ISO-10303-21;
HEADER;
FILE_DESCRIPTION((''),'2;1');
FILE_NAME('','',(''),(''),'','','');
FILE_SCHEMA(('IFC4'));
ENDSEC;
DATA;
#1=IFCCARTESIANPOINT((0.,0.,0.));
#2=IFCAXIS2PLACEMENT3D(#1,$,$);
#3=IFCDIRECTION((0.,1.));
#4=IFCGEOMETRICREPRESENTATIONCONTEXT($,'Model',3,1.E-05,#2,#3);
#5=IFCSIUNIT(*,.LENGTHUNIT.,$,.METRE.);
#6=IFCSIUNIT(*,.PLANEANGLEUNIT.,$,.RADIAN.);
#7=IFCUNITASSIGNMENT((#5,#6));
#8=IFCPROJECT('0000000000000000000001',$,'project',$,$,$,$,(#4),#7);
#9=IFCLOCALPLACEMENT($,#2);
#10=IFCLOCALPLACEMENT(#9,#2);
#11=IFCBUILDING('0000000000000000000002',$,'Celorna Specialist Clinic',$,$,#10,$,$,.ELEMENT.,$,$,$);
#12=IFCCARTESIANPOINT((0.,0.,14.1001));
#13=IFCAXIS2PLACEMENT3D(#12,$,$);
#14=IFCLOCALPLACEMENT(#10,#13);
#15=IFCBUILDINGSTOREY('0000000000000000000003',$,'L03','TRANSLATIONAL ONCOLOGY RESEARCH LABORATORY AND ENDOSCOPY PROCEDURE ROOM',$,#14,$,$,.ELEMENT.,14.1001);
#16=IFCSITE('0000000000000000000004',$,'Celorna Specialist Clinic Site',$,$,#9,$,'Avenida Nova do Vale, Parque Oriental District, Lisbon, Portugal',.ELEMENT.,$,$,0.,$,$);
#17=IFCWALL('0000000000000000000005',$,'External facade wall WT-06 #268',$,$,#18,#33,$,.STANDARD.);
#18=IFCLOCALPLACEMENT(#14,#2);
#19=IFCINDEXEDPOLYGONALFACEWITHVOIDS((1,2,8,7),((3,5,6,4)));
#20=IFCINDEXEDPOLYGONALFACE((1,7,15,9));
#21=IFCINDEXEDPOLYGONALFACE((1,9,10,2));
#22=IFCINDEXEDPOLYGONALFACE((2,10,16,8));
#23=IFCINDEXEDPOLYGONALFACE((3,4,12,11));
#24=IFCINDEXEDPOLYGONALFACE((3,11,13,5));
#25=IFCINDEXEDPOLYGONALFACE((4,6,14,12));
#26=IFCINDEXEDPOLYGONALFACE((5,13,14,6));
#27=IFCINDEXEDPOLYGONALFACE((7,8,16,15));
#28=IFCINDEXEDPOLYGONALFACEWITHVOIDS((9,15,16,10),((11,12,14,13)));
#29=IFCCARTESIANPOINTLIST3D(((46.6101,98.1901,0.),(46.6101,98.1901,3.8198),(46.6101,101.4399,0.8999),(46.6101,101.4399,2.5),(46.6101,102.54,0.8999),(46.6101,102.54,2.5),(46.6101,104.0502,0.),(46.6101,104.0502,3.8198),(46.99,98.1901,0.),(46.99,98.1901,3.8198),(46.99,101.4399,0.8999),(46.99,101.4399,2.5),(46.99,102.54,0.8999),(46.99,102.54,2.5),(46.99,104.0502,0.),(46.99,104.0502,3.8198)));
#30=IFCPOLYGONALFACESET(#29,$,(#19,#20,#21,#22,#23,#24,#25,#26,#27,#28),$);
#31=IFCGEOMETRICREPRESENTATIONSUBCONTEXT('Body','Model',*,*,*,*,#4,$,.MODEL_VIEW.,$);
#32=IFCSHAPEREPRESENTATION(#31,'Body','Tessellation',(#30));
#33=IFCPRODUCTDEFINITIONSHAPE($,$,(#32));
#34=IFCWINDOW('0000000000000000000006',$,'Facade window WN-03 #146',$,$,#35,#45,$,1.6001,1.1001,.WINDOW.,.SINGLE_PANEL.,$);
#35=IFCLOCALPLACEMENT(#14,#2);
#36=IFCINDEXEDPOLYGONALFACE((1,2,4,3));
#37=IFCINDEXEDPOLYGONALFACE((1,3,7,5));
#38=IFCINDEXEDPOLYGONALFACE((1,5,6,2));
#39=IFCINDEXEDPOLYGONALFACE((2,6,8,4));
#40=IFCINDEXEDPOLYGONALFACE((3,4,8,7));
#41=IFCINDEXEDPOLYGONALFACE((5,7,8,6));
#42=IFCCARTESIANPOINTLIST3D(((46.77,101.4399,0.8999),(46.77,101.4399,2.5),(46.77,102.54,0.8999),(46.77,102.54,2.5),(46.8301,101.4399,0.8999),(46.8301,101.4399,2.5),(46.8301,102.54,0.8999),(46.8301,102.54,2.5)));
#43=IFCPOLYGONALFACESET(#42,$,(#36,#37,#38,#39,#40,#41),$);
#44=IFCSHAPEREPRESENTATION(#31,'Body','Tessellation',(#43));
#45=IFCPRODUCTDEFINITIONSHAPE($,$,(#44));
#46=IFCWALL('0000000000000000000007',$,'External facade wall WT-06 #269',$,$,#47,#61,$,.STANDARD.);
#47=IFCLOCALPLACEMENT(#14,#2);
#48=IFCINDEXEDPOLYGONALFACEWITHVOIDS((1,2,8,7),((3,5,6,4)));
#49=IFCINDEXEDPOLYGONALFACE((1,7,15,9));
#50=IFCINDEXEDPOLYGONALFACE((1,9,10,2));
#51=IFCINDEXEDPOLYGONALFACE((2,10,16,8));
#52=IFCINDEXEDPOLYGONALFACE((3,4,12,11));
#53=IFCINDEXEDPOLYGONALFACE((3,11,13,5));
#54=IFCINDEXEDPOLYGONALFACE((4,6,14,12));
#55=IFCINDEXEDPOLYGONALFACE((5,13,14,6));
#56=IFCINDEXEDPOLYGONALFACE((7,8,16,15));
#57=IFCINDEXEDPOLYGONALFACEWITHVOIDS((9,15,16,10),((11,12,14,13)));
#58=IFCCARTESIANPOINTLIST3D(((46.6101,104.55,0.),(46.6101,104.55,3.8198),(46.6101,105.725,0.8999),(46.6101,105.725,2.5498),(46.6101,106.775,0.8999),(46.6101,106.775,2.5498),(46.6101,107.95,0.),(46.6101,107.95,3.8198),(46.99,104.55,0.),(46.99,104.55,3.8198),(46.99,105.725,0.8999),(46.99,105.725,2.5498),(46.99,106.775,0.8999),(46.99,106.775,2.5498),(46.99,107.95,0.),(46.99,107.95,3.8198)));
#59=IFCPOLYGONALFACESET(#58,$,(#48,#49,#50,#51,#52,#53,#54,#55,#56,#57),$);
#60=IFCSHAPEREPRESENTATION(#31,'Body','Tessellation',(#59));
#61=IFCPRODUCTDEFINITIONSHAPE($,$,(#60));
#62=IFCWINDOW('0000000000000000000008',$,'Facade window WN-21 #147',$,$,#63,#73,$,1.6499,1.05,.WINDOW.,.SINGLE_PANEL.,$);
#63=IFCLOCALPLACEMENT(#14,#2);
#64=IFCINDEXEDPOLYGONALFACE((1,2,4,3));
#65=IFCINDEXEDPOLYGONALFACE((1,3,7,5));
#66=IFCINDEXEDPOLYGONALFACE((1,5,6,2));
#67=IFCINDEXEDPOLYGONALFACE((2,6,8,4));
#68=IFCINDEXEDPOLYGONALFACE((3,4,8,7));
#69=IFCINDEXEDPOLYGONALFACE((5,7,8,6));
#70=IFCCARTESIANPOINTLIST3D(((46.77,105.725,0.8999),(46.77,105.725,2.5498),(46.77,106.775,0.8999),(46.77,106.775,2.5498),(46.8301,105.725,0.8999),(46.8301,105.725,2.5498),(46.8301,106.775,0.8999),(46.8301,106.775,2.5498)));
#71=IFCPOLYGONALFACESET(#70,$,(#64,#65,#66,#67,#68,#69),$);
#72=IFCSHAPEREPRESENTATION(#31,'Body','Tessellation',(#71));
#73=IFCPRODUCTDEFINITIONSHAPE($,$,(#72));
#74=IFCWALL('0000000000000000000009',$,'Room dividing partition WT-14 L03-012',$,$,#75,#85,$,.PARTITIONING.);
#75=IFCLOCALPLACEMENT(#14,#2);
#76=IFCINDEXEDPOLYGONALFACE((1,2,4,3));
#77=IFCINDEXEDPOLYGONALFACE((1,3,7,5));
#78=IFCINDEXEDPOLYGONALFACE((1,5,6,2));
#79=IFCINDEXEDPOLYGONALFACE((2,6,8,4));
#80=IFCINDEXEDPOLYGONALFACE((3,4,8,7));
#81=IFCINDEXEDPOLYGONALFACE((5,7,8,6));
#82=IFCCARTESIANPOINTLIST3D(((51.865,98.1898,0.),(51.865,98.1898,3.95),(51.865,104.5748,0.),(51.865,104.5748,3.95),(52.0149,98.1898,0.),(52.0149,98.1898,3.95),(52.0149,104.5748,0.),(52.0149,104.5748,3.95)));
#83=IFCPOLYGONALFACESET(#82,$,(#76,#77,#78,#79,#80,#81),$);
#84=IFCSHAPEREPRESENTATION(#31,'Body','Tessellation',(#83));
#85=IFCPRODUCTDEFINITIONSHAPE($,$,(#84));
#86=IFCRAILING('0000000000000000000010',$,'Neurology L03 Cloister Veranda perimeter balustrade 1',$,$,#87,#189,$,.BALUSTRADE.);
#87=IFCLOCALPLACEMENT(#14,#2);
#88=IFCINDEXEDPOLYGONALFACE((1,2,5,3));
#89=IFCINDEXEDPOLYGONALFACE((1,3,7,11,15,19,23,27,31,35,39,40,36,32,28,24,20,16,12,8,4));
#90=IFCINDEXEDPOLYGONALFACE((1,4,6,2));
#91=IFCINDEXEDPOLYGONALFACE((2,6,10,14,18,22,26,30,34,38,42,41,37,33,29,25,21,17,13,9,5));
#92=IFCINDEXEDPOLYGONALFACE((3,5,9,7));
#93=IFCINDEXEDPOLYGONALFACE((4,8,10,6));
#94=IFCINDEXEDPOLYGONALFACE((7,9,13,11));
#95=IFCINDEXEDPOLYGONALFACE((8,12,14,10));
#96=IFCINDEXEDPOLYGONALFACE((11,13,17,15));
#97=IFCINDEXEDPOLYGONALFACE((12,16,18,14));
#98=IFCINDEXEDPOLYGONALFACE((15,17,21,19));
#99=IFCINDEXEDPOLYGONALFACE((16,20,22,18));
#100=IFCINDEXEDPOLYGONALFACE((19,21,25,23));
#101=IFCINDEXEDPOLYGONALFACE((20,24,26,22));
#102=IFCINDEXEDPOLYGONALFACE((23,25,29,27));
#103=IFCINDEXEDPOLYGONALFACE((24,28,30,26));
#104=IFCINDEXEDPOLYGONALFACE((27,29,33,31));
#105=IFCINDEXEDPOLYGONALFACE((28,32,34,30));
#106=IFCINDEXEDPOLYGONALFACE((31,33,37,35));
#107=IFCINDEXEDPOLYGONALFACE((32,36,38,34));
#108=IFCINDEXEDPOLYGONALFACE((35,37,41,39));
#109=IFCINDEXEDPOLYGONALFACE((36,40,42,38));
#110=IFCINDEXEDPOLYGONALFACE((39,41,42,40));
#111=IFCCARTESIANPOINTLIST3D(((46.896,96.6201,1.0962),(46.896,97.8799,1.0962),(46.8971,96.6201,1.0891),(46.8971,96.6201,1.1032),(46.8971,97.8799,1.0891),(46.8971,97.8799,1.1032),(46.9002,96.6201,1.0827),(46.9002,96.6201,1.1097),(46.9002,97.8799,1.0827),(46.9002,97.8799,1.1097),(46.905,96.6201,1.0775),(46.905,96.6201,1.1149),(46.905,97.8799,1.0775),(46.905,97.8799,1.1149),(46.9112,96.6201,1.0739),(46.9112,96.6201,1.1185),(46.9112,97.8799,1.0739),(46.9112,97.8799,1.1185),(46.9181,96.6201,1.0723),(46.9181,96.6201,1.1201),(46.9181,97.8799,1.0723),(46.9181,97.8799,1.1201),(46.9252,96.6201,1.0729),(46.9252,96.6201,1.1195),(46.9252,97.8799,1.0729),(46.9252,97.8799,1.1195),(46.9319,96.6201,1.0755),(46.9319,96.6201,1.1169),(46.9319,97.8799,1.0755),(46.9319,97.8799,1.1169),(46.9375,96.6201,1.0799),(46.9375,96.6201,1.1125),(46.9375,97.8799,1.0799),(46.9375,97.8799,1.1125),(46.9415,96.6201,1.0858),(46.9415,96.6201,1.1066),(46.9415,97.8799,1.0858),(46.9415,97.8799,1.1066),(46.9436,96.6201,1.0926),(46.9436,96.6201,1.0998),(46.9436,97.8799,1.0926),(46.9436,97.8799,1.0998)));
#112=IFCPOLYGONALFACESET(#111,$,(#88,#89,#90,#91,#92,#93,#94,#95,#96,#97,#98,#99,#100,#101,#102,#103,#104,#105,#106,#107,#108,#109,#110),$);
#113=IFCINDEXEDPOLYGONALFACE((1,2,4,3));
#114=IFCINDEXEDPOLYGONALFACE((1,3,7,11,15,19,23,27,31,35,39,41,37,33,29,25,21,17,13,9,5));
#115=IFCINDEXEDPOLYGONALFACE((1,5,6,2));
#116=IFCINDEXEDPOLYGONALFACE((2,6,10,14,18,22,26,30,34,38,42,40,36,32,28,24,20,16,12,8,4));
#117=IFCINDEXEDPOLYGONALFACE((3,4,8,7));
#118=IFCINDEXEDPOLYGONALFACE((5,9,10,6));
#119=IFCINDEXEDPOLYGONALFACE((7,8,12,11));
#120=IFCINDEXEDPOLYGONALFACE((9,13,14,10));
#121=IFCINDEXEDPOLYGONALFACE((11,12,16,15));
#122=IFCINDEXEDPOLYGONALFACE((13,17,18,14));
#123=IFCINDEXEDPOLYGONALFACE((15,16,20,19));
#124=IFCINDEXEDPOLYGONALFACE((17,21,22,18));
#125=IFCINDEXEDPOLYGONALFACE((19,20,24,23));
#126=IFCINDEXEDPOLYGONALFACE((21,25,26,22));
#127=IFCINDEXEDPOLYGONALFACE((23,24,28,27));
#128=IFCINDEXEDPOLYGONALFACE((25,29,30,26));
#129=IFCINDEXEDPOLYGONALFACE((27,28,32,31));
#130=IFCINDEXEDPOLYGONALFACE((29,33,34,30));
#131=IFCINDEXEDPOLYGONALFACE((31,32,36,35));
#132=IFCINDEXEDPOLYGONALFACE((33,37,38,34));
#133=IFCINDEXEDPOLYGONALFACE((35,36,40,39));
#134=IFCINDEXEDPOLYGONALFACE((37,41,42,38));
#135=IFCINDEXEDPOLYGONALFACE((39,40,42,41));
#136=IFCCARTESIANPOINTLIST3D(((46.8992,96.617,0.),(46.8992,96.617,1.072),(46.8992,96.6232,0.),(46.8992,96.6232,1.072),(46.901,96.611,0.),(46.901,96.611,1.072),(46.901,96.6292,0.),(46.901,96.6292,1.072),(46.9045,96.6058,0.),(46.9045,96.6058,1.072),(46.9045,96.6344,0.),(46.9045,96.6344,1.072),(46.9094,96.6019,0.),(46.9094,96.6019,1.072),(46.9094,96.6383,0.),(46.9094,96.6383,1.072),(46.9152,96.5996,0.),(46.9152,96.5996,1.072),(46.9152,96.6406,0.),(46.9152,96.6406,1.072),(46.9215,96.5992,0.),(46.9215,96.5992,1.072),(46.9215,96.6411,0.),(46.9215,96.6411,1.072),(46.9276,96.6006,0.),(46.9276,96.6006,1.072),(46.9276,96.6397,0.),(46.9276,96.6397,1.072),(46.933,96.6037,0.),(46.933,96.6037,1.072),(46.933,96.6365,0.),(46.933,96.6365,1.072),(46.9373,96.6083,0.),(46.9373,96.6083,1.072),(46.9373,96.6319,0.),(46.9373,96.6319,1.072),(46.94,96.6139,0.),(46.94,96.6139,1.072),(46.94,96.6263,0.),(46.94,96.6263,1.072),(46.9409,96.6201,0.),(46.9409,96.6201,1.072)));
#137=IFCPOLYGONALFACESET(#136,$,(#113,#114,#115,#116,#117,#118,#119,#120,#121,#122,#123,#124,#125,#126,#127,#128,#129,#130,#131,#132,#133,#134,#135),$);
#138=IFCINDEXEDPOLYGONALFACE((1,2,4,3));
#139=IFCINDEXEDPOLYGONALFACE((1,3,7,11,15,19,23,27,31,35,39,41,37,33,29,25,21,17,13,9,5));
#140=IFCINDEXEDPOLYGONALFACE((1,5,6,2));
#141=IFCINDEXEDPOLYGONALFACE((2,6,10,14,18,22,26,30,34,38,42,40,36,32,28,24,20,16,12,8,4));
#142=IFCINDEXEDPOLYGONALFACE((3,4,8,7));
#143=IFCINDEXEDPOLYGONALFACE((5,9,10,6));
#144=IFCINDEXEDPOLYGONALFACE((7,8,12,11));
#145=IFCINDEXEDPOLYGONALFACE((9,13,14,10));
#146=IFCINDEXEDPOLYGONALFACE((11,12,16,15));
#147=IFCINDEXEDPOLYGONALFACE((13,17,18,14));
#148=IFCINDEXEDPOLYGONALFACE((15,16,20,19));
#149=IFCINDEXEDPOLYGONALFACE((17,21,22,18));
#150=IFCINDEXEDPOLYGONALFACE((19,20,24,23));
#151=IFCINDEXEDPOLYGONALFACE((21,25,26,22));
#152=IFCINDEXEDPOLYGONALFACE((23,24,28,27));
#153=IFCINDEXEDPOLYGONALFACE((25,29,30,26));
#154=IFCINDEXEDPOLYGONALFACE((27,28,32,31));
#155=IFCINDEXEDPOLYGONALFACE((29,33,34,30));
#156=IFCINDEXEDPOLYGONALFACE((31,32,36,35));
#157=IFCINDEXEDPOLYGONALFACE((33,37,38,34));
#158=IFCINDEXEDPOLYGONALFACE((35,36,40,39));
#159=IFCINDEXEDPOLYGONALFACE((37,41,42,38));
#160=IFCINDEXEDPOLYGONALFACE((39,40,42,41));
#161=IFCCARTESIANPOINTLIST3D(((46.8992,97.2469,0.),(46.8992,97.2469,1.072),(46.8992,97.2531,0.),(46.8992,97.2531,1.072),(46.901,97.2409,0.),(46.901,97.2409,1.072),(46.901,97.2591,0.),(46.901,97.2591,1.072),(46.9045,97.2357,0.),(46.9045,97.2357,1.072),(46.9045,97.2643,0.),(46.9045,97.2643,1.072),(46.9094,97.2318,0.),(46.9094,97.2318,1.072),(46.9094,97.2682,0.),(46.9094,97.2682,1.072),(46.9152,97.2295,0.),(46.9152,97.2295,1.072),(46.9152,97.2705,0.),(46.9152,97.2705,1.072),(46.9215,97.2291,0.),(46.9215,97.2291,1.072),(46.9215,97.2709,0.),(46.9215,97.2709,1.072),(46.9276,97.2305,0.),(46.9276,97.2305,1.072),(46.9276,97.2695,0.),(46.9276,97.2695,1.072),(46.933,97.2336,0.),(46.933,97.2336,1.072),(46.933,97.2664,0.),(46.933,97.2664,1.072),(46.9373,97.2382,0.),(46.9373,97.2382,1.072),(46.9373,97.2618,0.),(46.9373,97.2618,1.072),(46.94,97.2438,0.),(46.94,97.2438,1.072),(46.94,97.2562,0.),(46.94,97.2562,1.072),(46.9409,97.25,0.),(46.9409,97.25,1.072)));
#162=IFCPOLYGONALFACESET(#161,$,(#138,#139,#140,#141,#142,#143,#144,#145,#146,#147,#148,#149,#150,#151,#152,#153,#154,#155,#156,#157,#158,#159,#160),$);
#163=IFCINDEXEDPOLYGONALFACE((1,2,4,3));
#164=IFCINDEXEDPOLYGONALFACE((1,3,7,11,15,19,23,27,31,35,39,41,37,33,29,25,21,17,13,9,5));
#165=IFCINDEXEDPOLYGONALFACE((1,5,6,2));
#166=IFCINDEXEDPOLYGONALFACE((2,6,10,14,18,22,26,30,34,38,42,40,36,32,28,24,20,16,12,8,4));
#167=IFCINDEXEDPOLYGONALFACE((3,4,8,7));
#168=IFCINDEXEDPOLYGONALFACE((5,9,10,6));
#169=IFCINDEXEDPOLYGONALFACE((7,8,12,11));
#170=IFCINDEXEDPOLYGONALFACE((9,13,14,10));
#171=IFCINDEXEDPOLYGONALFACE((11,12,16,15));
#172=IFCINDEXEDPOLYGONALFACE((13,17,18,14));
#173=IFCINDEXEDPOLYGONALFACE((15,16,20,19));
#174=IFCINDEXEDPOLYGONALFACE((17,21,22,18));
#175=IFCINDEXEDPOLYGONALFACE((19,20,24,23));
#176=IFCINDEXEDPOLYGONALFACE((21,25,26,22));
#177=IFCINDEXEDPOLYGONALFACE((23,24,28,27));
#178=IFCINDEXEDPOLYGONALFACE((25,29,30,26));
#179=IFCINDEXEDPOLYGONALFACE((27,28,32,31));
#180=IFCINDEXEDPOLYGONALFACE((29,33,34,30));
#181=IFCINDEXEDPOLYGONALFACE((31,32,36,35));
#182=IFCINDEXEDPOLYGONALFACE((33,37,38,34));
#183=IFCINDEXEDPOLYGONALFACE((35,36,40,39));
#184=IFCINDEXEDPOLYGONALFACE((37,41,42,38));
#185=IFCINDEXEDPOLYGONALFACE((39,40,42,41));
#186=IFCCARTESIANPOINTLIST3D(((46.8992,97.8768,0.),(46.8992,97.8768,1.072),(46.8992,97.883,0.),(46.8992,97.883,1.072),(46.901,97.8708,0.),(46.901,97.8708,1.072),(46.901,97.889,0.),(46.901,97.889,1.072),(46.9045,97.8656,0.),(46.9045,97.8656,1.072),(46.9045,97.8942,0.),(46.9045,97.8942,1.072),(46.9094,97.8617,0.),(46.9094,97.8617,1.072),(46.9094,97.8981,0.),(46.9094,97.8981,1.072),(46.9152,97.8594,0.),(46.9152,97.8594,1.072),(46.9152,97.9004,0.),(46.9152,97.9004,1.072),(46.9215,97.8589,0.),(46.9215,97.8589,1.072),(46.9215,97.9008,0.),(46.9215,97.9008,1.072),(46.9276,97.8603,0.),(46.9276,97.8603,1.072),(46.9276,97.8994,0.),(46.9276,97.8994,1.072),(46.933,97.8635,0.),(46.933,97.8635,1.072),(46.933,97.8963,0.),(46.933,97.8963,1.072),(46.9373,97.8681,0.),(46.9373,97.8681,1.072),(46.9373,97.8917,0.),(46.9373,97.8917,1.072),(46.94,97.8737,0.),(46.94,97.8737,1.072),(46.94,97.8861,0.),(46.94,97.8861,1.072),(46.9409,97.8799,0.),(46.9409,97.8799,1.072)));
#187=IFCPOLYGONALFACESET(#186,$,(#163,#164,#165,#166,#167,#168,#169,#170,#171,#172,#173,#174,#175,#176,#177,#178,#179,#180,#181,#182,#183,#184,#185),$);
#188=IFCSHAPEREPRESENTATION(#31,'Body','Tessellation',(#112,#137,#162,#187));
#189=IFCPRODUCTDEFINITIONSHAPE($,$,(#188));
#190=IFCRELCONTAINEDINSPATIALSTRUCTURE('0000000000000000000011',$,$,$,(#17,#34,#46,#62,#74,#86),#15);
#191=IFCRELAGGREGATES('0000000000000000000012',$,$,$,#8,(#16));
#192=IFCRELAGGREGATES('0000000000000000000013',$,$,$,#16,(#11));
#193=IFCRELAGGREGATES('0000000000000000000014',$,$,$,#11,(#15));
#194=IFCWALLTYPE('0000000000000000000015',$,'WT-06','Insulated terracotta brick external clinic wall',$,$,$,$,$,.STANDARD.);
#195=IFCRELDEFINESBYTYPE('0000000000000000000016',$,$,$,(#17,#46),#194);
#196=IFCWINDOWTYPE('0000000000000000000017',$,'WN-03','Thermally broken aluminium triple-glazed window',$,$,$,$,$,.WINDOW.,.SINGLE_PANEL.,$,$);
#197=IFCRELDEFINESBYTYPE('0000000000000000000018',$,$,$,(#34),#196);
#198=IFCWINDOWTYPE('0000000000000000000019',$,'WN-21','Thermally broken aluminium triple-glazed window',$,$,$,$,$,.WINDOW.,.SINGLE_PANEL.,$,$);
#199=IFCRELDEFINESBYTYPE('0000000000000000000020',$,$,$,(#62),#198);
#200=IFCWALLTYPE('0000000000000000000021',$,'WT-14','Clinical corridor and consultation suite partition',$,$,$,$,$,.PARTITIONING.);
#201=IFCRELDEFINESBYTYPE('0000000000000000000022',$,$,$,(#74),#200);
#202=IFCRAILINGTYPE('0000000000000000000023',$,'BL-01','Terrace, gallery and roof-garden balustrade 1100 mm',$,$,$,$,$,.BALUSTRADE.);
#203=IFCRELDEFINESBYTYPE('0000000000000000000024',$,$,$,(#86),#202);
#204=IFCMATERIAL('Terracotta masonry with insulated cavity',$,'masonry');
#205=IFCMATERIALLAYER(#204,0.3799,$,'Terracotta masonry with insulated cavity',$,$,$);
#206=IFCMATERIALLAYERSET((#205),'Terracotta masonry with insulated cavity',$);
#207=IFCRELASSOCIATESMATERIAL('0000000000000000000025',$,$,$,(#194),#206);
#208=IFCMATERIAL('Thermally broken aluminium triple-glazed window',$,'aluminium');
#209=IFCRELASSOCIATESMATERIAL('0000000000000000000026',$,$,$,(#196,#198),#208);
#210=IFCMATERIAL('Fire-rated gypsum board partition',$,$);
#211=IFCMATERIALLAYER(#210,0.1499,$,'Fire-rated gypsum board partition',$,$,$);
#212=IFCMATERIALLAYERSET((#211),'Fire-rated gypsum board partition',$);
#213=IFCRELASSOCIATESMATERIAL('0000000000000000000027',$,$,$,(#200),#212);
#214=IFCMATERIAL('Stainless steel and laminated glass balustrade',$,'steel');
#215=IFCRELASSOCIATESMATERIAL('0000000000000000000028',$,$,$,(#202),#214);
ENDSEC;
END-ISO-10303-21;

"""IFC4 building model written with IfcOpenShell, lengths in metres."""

from ifc_helpers import new_model, si_unit, direction, frame, frame_2d, origin, origin_2d, place, context, subcontext, project, spatial, rectangle, circle, extrude, material, layer, layer_set, type_object, element, fill, save


model = new_model("IFC4")

# Units and contexts
model_context = context("Model", 3, precision=1e-05, world=origin(), true_north=direction((0.0, 1.0)))
body_context = subcontext(model_context, "Body", "Model", "MODEL_VIEW")
ifc_project = project(units=[si_unit("LENGTHUNIT", "METRE"), si_unit("PLANEANGLEUNIT", "RADIAN")], contexts=[model_context])

# Site, building, storey
site_placement = place(None, origin())
site = spatial("IfcSite", under=ifc_project, at=site_placement, Name="Celorna Specialist Clinic Site", LongName="Avenida Nova do Vale, Parque Oriental District, Lisbon, Portugal", CompositionType="ELEMENT", RefElevation=0.0)
building_placement = place(site_placement, origin())
building = spatial("IfcBuilding", under=site, at=building_placement, Name="Celorna Specialist Clinic", CompositionType="ELEMENT")
storey_placement = place(building_placement, frame((0.0, 0.0, 14.1001)))
storey = spatial("IfcBuildingStorey", under=building, at=storey_placement, Name="L03", Description="TRANSLATIONAL ONCOLOGY RESEARCH LABORATORY AND ENDOSCOPY PROCEDURE ROOM", CompositionType="ELEMENT", Elevation=14.1001)

# Shared definitions
ifc_material_1 = material(Name="Terracotta masonry with insulated cavity", Category="masonry")
ifc_layer_1 = layer(ifc_material_1, 0.3799, Name="Terracotta masonry with insulated cavity")
ifc_layer_set_1 = layer_set([ifc_layer_1], Name="Terracotta masonry with insulated cavity")
wall_type_1 = type_object("IfcWallType", Name="WT-06", Description="Insulated terracotta brick external clinic wall", PredefinedType="STANDARD", material=ifc_layer_set_1)
ifc_material_2 = material(Name="Thermally broken aluminium triple-glazed window", Category="aluminium")

# Walls, openings, windows
wall_1_placement = place(storey_placement, frame((46.8, 98.1899, 0.0), z_axis=(0.0, 0.0, 1.0), x_axis=(0.0, 1.0, 0.0)))
wall_1 = element("IfcWall", 1, at=wall_1_placement, inside=storey, type_object=wall_type_1, Name="External facade wall WT-06 #268", PredefinedType="STANDARD", context=body_context, shape_type="SweptSolid", body=[
    extrude(rectangle(XDim=5.8601, YDim=0.3799, at=frame_2d((2.9302, 0.0))), origin(), (0.0, 0.0, 1.0), 3.8198),
])
opening_1_placement = place(wall_1_placement, frame((3.25, 0.0, 0.8999)))
opening_1 = element("IfcOpeningElement", 2, at=opening_1_placement, cuts=wall_1, PredefinedType="OPENING", context=body_context, shape_type="SweptSolid", body=[
    extrude(rectangle(XDim=1.1001, YDim=1.6001, at=frame_2d((0.55, 0.8))), frame((0.0, 0.2, 0.0), z_axis=(0.0, -1.0, 0.0), x_axis=(1.0, 0.0, 0.0)), (0.0, 0.0, 1.0), 0.3999),
])
window_type_1 = type_object("IfcWindowType", Name="WN-03", Description="Thermally broken aluminium triple-glazed window", PartitioningType="SINGLE_PANEL", PredefinedType="WINDOW", material=ifc_material_2)
window_1_placement = place(opening_1_placement, origin())
window_1 = element("IfcWindow", 3, at=window_1_placement, inside=storey, type_object=window_type_1, Name="Facade window WN-03 #146", OverallHeight=1.6001, OverallWidth=1.1001, PartitioningType="SINGLE_PANEL", PredefinedType="WINDOW", context=body_context, shape_type="SweptSolid", body=[
    extrude(rectangle(XDim=1.1001, YDim=1.6001, at=frame_2d((0.55, 0.8))), frame((0.0, 0.03, 0.0), z_axis=(0.0, -1.0, 0.0), x_axis=(1.0, 0.0, 0.0)), (0.0, 0.0, 1.0), 0.0601),
])
fill(opening_1, window_1)
wall_2_placement = place(storey_placement, frame((46.8, 104.55, 0.0), z_axis=(0.0, 0.0, 1.0), x_axis=(0.0, 1.0, 0.0)))
wall_2 = element("IfcWall", 4, at=wall_2_placement, inside=storey, type_object=wall_type_1, Name="External facade wall WT-06 #269", PredefinedType="STANDARD", context=body_context, shape_type="SweptSolid", body=[
    extrude(rectangle(XDim=3.3999, YDim=0.3799, at=frame_2d((1.7, 0.0))), origin(), (0.0, 0.0, 1.0), 3.8198),
])
opening_2_placement = place(wall_2_placement, frame((1.175, 0.0, 0.8999)))
opening_2 = element("IfcOpeningElement", 5, at=opening_2_placement, cuts=wall_2, PredefinedType="OPENING", context=body_context, shape_type="SweptSolid", body=[
    extrude(rectangle(XDim=1.05, YDim=1.6499, at=frame_2d((0.5249, 0.825))), frame((0.0, 0.2, 0.0), z_axis=(0.0, -1.0, 0.0), x_axis=(1.0, 0.0, 0.0)), (0.0, 0.0, 1.0), 0.3999),
])
window_type_2 = type_object("IfcWindowType", Name="WN-21", Description="Thermally broken aluminium triple-glazed window", PartitioningType="SINGLE_PANEL", PredefinedType="WINDOW", material=ifc_material_2)
window_2_placement = place(opening_2_placement, origin())
window_2 = element("IfcWindow", 6, at=window_2_placement, inside=storey, type_object=window_type_2, Name="Facade window WN-21 #147", OverallHeight=1.6499, OverallWidth=1.05, PartitioningType="SINGLE_PANEL", PredefinedType="WINDOW", context=body_context, shape_type="SweptSolid", body=[
    extrude(rectangle(XDim=1.05, YDim=1.6499, at=frame_2d((0.5249, 0.825))), frame((0.0, 0.03, 0.0), z_axis=(0.0, -1.0, 0.0), x_axis=(1.0, 0.0, 0.0)), (0.0, 0.0, 1.0), 0.0601),
])
fill(opening_2, window_2)

# Wall
ifc_material_3 = material(Name="Fire-rated gypsum board partition")
ifc_layer_2 = layer(ifc_material_3, 0.1499, Name="Fire-rated gypsum board partition")
ifc_layer_set_2 = layer_set([ifc_layer_2], Name="Fire-rated gypsum board partition")
wall_type_2 = type_object("IfcWallType", Name="WT-14", Description="Clinical corridor and consultation suite partition", PredefinedType="PARTITIONING", material=ifc_layer_set_2)
wall_3_placement = place(storey_placement, frame((51.9399, 98.1899, 0.0), z_axis=(0.0, 0.0, 1.0), x_axis=(0.0, 1.0, 0.0)))
element("IfcWall", 7, at=wall_3_placement, inside=storey, type_object=wall_type_2, Name="Room dividing partition WT-14 L03-012", PredefinedType="PARTITIONING", context=body_context, shape_type="SweptSolid", body=[
    extrude(rectangle(XDim=6.385, YDim=0.1499, at=frame_2d((3.1924, 0.0))), origin(), (0.0, 0.0, 1.0), 3.95),
])

# Railing
ifc_material_4 = material(Name="Stainless steel and laminated glass balustrade", Category="steel")
railing_type = type_object("IfcRailingType", Name="BL-01", Description="Terrace, gallery and roof-garden balustrade 1100 mm", PredefinedType="BALUSTRADE", material=ifc_material_4)
railing_placement = place(storey_placement, frame((46.9199, 96.6201, 0.0)))
element("IfcRailing", 8, at=railing_placement, inside=storey, type_object=railing_type, Name="Neurology L03 Cloister Veranda perimeter balustrade 1", PredefinedType="BALUSTRADE", context=body_context, shape_type="SweptSolid", body=[
    extrude(circle(Radius=0.0239, at=origin_2d()), frame((0.0, 0.0, 1.0962), z_axis=(0.0, 1.0, 0.0), x_axis=(-1.0, 0.0, 0.0)), (0.0, 0.0, 1.0), 1.2598),
    extrude(circle(Radius=0.021, at=origin_2d()), origin(), (0.0, 0.0, 1.0), 1.072),
    extrude(circle(Radius=0.021, at=origin_2d()), frame((0.0, 0.6299, 0.0)), (0.0, 0.0, 1.0), 1.072),
    extrude(circle(Radius=0.021, at=origin_2d()), frame((0.0, 1.2598, 0.0)), (0.0, 0.0, 1.0), 1.072),
])

save(model, "model.ifc")
